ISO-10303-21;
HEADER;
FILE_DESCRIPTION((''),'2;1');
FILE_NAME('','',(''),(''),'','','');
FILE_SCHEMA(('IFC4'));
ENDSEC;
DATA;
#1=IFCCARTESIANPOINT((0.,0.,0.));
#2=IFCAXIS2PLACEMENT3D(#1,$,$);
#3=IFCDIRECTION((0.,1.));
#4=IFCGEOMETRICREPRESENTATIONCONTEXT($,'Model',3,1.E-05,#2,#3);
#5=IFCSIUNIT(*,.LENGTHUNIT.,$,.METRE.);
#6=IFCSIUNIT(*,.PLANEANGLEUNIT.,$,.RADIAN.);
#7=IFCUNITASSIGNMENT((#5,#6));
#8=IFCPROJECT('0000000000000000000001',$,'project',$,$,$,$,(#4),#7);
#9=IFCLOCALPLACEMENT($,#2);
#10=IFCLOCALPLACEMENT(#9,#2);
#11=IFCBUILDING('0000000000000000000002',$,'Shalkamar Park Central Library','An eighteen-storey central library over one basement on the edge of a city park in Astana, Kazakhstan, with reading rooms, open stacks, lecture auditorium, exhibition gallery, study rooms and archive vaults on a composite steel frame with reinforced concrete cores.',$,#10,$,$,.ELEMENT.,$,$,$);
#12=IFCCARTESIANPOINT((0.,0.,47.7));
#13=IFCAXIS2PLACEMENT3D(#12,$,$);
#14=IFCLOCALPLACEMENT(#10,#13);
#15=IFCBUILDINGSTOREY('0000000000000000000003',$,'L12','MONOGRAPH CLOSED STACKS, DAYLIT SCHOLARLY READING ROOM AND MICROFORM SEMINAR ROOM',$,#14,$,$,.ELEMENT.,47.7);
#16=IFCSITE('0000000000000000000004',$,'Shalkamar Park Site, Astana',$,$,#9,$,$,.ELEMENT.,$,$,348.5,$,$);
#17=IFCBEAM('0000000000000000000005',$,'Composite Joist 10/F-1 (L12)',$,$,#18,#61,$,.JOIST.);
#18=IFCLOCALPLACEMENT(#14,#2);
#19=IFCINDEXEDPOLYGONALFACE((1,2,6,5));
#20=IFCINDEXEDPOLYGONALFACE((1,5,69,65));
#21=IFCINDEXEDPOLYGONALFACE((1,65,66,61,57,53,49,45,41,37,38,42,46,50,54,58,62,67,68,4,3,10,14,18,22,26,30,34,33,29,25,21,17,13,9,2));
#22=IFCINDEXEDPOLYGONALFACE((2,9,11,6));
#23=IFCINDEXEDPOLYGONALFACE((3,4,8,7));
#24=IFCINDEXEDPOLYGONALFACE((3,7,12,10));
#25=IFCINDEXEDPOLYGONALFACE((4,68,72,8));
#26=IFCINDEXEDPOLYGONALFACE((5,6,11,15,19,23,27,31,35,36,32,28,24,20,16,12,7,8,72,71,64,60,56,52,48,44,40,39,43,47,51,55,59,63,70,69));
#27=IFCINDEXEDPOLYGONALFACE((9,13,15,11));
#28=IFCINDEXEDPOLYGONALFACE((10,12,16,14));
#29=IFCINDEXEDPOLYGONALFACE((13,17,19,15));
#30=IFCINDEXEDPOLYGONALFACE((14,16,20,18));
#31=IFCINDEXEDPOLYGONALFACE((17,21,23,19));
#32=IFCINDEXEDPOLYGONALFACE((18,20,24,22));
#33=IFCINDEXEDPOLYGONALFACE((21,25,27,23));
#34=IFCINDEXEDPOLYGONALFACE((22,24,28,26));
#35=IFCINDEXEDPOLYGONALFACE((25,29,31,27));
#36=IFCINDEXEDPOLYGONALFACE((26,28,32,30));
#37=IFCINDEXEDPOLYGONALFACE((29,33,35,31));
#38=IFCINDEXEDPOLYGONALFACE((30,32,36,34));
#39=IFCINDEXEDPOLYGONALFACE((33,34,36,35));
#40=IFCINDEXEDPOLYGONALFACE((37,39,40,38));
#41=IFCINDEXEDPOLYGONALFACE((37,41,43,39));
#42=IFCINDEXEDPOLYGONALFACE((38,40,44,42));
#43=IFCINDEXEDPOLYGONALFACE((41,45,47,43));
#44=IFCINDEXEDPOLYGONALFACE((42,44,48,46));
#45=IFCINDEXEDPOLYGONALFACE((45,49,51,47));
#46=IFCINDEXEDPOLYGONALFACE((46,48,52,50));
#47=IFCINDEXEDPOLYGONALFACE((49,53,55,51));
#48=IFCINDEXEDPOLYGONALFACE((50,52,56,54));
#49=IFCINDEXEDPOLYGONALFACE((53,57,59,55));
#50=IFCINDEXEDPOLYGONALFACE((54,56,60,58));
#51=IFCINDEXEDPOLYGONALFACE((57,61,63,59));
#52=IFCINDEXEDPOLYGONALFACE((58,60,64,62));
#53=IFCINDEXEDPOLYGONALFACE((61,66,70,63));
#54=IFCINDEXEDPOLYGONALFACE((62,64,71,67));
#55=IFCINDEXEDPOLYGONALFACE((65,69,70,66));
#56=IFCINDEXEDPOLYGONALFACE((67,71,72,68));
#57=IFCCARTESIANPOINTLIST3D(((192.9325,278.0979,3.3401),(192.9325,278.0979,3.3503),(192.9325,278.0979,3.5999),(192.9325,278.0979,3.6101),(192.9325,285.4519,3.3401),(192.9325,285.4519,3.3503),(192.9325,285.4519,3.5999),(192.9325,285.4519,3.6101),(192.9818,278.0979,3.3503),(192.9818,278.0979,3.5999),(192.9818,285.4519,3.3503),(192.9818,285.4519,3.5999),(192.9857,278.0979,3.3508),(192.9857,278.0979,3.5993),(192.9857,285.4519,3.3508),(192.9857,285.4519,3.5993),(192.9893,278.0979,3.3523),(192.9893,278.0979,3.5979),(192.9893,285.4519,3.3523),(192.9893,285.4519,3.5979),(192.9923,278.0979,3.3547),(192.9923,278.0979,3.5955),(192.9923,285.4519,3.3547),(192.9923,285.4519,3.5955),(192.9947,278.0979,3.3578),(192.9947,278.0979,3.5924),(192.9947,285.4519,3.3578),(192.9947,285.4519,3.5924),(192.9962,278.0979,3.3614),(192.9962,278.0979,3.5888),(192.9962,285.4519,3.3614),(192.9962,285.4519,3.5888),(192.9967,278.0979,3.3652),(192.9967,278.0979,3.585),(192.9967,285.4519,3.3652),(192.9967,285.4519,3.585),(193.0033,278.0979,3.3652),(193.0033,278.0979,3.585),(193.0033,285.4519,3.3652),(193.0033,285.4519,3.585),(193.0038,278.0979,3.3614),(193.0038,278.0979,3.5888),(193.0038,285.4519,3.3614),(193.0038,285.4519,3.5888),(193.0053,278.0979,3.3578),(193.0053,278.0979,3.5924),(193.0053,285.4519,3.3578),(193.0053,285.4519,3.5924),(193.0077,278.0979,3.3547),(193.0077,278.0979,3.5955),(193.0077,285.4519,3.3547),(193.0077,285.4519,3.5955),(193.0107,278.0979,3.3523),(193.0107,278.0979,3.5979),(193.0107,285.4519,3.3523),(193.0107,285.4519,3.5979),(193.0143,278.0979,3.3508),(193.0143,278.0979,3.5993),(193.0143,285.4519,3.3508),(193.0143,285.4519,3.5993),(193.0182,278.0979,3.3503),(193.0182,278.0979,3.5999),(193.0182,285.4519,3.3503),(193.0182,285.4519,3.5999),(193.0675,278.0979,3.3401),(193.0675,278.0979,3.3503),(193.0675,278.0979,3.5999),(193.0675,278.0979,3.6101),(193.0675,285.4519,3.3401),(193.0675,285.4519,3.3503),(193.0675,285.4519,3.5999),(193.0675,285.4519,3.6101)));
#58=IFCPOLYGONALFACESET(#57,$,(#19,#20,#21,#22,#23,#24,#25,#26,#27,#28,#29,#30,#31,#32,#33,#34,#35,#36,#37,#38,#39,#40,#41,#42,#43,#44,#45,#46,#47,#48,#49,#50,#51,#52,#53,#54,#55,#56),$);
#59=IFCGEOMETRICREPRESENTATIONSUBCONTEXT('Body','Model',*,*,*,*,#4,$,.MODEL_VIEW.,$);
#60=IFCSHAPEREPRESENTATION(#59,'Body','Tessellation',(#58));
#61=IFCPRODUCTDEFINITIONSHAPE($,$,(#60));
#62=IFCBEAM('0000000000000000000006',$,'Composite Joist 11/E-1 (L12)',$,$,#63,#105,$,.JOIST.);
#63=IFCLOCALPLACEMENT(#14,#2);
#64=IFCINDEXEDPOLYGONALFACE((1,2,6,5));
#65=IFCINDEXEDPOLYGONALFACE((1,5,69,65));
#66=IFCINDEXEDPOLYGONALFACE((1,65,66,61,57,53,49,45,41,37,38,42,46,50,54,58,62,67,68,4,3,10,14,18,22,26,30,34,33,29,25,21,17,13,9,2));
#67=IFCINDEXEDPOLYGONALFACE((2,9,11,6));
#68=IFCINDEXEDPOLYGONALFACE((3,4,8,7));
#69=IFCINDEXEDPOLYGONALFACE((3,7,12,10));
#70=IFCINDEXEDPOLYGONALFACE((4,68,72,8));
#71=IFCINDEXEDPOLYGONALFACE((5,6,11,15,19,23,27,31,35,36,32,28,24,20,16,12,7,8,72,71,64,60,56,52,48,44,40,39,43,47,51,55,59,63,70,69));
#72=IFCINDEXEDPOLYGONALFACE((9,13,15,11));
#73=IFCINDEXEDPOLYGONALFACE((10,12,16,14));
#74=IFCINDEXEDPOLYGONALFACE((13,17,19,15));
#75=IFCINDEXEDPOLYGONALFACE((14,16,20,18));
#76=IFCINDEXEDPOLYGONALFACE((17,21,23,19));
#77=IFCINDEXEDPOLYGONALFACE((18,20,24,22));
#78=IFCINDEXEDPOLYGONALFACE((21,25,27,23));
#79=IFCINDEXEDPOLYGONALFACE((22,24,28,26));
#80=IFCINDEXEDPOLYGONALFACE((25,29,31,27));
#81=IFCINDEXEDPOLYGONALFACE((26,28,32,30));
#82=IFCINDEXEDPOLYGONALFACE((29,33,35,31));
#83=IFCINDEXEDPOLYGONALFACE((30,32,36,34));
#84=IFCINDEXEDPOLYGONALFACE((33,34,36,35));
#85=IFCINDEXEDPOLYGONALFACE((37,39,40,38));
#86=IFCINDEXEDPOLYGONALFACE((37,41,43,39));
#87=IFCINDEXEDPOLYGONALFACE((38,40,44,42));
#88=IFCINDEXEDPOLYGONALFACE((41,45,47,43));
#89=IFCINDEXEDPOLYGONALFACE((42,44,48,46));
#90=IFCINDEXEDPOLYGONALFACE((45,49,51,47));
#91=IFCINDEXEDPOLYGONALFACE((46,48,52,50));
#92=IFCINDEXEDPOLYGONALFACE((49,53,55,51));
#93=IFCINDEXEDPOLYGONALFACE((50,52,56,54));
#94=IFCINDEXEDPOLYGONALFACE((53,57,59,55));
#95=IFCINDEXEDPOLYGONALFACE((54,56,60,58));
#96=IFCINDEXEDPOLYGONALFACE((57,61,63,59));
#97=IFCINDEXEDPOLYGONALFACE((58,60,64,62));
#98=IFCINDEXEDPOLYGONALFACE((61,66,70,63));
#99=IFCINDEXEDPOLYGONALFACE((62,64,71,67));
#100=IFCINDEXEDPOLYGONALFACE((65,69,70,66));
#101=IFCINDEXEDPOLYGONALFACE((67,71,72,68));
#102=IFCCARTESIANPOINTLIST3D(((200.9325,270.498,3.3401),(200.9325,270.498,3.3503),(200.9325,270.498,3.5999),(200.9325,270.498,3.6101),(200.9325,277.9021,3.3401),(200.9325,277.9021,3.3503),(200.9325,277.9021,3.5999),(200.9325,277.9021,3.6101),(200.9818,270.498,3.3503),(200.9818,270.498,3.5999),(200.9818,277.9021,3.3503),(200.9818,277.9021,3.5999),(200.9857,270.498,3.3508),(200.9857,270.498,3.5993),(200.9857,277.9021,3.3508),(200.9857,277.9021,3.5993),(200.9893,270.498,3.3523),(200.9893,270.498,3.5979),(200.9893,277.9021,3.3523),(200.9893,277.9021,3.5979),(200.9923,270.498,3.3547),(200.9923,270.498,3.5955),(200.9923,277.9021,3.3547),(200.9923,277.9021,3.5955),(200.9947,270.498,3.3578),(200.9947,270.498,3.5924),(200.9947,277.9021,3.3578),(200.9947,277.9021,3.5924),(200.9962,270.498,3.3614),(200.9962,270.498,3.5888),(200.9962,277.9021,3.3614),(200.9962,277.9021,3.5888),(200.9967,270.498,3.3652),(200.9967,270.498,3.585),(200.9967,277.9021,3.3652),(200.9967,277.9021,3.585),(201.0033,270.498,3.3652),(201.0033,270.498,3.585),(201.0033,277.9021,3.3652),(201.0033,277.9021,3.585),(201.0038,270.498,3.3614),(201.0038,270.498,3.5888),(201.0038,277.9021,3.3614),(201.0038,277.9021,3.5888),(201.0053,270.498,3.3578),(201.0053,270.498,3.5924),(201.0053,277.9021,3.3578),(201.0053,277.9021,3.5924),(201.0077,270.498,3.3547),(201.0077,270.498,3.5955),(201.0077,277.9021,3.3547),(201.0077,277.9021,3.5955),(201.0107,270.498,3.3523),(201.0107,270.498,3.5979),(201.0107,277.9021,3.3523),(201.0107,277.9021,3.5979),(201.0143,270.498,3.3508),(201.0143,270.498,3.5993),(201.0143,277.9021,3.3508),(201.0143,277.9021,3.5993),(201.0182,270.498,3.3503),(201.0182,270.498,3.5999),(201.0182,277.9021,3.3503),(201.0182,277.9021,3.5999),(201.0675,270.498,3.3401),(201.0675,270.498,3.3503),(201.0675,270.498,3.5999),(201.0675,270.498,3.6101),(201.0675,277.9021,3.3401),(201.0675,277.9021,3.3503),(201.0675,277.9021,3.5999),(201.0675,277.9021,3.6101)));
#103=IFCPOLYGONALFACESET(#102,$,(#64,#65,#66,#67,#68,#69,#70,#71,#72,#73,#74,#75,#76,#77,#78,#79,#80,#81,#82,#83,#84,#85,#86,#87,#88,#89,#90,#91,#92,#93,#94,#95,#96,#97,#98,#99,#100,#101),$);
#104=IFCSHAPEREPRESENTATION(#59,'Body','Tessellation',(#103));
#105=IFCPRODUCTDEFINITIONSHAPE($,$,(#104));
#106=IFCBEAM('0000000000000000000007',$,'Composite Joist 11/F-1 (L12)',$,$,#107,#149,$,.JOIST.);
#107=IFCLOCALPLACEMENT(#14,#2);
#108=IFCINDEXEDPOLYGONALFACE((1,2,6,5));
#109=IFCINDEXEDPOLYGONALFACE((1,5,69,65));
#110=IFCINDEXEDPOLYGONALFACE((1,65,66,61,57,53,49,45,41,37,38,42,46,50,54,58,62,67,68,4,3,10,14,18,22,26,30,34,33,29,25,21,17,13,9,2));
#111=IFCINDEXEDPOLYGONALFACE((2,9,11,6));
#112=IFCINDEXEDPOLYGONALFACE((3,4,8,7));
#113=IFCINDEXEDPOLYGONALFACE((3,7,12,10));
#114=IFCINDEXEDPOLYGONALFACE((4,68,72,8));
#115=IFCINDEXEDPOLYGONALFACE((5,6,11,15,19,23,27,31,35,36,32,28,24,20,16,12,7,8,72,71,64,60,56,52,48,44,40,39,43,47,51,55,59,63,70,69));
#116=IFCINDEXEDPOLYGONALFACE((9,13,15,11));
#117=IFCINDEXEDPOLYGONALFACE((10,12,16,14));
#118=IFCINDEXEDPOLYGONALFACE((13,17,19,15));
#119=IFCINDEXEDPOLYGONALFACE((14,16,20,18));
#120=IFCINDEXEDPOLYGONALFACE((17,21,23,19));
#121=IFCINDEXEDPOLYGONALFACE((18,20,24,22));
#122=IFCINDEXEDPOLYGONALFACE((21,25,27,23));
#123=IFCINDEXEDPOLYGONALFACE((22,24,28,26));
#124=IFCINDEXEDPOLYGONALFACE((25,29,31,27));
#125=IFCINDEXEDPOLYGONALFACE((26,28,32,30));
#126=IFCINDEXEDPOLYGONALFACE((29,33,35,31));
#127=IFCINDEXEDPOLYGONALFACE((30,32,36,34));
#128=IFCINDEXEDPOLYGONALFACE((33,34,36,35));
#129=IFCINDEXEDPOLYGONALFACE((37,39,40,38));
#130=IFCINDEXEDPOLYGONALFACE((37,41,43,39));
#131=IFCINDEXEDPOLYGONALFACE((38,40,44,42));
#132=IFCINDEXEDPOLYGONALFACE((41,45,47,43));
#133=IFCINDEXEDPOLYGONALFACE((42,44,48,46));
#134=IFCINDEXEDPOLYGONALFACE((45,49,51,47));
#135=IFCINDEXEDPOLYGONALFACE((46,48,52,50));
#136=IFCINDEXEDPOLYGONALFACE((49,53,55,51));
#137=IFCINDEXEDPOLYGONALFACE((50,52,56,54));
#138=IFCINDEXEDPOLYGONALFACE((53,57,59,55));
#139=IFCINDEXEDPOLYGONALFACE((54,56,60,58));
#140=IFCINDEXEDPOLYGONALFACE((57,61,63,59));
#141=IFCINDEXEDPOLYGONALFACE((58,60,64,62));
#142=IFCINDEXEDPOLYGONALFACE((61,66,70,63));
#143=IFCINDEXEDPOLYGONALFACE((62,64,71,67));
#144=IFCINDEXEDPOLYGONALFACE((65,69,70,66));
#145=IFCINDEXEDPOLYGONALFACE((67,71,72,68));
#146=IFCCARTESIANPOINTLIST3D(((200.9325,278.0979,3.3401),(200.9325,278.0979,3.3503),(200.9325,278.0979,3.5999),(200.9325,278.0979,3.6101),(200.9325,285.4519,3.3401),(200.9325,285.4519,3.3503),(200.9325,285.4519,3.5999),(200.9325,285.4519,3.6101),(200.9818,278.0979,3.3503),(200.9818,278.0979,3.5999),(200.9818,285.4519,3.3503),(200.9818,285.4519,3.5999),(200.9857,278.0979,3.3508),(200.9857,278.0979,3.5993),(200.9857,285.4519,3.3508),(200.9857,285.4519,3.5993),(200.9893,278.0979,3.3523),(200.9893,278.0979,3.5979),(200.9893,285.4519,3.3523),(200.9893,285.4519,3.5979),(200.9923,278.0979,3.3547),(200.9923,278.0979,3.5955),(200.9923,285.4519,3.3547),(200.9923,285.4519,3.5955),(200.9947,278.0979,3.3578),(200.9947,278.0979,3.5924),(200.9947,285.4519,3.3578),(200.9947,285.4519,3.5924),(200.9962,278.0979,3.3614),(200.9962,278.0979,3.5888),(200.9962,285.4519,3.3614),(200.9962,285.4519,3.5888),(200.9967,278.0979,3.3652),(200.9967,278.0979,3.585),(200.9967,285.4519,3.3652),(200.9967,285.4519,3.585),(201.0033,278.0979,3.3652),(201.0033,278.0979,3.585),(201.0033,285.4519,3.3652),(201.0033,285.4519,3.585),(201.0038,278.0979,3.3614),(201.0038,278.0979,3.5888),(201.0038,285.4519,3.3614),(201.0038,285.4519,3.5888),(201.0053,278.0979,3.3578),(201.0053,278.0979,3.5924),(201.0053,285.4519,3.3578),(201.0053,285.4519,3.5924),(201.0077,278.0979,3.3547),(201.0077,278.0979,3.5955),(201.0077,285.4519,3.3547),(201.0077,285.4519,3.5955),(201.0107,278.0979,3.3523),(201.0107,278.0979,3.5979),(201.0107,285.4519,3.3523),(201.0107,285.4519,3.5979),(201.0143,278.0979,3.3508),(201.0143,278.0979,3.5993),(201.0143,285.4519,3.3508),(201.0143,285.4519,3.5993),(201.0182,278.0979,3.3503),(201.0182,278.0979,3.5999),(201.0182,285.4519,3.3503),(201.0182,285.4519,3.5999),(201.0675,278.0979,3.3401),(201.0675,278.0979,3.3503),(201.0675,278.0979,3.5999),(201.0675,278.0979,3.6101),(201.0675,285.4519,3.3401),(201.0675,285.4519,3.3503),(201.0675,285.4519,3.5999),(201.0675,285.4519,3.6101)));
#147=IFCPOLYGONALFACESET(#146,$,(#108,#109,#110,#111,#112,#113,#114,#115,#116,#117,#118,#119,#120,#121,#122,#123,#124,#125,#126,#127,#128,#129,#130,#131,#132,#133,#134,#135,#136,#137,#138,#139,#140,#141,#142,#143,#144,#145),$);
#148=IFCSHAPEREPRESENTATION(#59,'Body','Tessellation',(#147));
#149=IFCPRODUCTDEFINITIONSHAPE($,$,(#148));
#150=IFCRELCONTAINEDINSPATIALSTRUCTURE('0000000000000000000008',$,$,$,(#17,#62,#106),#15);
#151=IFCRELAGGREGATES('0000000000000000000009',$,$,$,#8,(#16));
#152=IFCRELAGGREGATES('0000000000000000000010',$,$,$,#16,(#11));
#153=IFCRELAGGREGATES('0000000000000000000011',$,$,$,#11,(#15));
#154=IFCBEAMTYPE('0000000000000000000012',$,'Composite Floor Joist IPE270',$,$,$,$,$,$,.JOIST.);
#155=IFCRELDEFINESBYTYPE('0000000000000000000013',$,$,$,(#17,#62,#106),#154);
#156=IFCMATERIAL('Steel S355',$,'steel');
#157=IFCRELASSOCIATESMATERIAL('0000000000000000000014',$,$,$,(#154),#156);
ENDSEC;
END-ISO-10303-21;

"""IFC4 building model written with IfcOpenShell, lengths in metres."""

from ifc_helpers import new_model, si_unit, direction, frame, origin, origin_2d, place, context, subcontext, project, spatial, i_section, extrude, material, material_profile, profile_set, type_object, element, save


model = new_model("IFC4")

# Units and contexts
model_context = context("Model", 3, precision=1e-05, world=origin(), true_north=direction((0.0, 1.0)))
body_context = subcontext(model_context, "Body", "Model", "MODEL_VIEW")
ifc_project = project(units=[si_unit("LENGTHUNIT", "METRE"), si_unit("PLANEANGLEUNIT", "RADIAN")], contexts=[model_context])

# Site, building, storey
site_placement = place(None, origin())
site = spatial("IfcSite", under=ifc_project, at=site_placement, Name="Shalkamar Park Site, Astana", CompositionType="ELEMENT", RefElevation=348.5)
building_placement = place(site_placement, origin())
building = spatial("IfcBuilding", under=site, at=building_placement, Name="Shalkamar Park Central Library", Description="An eighteen-storey central library over one basement on the edge of a city park in Astana, Kazakhstan, with reading rooms, open stacks, lecture auditorium, exhibition gallery, study rooms and archive vaults on a composite steel frame with reinforced concrete cores.", CompositionType="ELEMENT")
storey_placement = place(building_placement, frame((0.0, 0.0, 47.7)))
storey = spatial("IfcBuildingStorey", under=building, at=storey_placement, Name="L12", Description="MONOGRAPH CLOSED STACKS, DAYLIT SCHOLARLY READING ROOM AND MICROFORM SEMINAR ROOM", CompositionType="ELEMENT", Elevation=47.7)

# Shared definitions
ifc_material_1 = material(Name="Steel S355", Category="steel")

# Beams
ifc_material_profile_1 = material_profile(ifc_material_1, i_section(OverallWidth=0.135, OverallDepth=0.27, WebThickness=0.0066, FlangeThickness=0.0103, FilletRadius=0.0149, at=origin_2d()), Name="IPE 270")
ifc_profile_set_1 = profile_set([ifc_material_profile_1], Name="Steel S355")
beam_type_1 = type_object("IfcBeamType", Name="Composite Floor Joist IPE270", PredefinedType="JOIST", material=ifc_profile_set_1)
beam_1_placement = place(storey_placement, frame((193.0, 278.0979, 3.4751), z_axis=(0.0, 1.0, 0.0), x_axis=(-1.0, 0.0, 0.0)))
element("IfcBeam", 1, at=beam_1_placement, inside=storey, type_object=beam_type_1, Name="Composite Joist 10/F-1 (L12)", PredefinedType="JOIST", context=body_context, shape_type="SweptSolid", body=[
    extrude(i_section(OverallWidth=0.135, OverallDepth=0.27, WebThickness=0.0066, FlangeThickness=0.0103, FilletRadius=0.0149, at=origin_2d()), origin(), (0.0, 0.0, 1.0), 7.354),
])
beam_2_placement = place(storey_placement, frame((201.0, 270.498, 3.4751), z_axis=(0.0, 1.0, 0.0), x_axis=(-1.0, 0.0, 0.0)))
element("IfcBeam", 2, at=beam_2_placement, inside=storey, type_object=beam_type_1, Name="Composite Joist 11/E-1 (L12)", PredefinedType="JOIST", context=body_context, shape_type="SweptSolid", body=[
    extrude(i_section(OverallWidth=0.135, OverallDepth=0.27, WebThickness=0.0066, FlangeThickness=0.0103, FilletRadius=0.0149, at=origin_2d()), origin(), (0.0, 0.0, 1.0), 7.4041),
])
beam_3_placement = place(storey_placement, frame((201.0, 278.0979, 3.4751), z_axis=(0.0, 1.0, 0.0), x_axis=(-1.0, 0.0, 0.0)))
element("IfcBeam", 3, at=beam_3_placement, inside=storey, type_object=beam_type_1, Name="Composite Joist 11/F-1 (L12)", PredefinedType="JOIST", context=body_context, shape_type="SweptSolid", body=[
    extrude(i_section(OverallWidth=0.135, OverallDepth=0.27, WebThickness=0.0066, FlangeThickness=0.0103, FilletRadius=0.0149, at=origin_2d()), origin(), (0.0, 0.0, 1.0), 7.354),
])

save(model, "model.ifc")
